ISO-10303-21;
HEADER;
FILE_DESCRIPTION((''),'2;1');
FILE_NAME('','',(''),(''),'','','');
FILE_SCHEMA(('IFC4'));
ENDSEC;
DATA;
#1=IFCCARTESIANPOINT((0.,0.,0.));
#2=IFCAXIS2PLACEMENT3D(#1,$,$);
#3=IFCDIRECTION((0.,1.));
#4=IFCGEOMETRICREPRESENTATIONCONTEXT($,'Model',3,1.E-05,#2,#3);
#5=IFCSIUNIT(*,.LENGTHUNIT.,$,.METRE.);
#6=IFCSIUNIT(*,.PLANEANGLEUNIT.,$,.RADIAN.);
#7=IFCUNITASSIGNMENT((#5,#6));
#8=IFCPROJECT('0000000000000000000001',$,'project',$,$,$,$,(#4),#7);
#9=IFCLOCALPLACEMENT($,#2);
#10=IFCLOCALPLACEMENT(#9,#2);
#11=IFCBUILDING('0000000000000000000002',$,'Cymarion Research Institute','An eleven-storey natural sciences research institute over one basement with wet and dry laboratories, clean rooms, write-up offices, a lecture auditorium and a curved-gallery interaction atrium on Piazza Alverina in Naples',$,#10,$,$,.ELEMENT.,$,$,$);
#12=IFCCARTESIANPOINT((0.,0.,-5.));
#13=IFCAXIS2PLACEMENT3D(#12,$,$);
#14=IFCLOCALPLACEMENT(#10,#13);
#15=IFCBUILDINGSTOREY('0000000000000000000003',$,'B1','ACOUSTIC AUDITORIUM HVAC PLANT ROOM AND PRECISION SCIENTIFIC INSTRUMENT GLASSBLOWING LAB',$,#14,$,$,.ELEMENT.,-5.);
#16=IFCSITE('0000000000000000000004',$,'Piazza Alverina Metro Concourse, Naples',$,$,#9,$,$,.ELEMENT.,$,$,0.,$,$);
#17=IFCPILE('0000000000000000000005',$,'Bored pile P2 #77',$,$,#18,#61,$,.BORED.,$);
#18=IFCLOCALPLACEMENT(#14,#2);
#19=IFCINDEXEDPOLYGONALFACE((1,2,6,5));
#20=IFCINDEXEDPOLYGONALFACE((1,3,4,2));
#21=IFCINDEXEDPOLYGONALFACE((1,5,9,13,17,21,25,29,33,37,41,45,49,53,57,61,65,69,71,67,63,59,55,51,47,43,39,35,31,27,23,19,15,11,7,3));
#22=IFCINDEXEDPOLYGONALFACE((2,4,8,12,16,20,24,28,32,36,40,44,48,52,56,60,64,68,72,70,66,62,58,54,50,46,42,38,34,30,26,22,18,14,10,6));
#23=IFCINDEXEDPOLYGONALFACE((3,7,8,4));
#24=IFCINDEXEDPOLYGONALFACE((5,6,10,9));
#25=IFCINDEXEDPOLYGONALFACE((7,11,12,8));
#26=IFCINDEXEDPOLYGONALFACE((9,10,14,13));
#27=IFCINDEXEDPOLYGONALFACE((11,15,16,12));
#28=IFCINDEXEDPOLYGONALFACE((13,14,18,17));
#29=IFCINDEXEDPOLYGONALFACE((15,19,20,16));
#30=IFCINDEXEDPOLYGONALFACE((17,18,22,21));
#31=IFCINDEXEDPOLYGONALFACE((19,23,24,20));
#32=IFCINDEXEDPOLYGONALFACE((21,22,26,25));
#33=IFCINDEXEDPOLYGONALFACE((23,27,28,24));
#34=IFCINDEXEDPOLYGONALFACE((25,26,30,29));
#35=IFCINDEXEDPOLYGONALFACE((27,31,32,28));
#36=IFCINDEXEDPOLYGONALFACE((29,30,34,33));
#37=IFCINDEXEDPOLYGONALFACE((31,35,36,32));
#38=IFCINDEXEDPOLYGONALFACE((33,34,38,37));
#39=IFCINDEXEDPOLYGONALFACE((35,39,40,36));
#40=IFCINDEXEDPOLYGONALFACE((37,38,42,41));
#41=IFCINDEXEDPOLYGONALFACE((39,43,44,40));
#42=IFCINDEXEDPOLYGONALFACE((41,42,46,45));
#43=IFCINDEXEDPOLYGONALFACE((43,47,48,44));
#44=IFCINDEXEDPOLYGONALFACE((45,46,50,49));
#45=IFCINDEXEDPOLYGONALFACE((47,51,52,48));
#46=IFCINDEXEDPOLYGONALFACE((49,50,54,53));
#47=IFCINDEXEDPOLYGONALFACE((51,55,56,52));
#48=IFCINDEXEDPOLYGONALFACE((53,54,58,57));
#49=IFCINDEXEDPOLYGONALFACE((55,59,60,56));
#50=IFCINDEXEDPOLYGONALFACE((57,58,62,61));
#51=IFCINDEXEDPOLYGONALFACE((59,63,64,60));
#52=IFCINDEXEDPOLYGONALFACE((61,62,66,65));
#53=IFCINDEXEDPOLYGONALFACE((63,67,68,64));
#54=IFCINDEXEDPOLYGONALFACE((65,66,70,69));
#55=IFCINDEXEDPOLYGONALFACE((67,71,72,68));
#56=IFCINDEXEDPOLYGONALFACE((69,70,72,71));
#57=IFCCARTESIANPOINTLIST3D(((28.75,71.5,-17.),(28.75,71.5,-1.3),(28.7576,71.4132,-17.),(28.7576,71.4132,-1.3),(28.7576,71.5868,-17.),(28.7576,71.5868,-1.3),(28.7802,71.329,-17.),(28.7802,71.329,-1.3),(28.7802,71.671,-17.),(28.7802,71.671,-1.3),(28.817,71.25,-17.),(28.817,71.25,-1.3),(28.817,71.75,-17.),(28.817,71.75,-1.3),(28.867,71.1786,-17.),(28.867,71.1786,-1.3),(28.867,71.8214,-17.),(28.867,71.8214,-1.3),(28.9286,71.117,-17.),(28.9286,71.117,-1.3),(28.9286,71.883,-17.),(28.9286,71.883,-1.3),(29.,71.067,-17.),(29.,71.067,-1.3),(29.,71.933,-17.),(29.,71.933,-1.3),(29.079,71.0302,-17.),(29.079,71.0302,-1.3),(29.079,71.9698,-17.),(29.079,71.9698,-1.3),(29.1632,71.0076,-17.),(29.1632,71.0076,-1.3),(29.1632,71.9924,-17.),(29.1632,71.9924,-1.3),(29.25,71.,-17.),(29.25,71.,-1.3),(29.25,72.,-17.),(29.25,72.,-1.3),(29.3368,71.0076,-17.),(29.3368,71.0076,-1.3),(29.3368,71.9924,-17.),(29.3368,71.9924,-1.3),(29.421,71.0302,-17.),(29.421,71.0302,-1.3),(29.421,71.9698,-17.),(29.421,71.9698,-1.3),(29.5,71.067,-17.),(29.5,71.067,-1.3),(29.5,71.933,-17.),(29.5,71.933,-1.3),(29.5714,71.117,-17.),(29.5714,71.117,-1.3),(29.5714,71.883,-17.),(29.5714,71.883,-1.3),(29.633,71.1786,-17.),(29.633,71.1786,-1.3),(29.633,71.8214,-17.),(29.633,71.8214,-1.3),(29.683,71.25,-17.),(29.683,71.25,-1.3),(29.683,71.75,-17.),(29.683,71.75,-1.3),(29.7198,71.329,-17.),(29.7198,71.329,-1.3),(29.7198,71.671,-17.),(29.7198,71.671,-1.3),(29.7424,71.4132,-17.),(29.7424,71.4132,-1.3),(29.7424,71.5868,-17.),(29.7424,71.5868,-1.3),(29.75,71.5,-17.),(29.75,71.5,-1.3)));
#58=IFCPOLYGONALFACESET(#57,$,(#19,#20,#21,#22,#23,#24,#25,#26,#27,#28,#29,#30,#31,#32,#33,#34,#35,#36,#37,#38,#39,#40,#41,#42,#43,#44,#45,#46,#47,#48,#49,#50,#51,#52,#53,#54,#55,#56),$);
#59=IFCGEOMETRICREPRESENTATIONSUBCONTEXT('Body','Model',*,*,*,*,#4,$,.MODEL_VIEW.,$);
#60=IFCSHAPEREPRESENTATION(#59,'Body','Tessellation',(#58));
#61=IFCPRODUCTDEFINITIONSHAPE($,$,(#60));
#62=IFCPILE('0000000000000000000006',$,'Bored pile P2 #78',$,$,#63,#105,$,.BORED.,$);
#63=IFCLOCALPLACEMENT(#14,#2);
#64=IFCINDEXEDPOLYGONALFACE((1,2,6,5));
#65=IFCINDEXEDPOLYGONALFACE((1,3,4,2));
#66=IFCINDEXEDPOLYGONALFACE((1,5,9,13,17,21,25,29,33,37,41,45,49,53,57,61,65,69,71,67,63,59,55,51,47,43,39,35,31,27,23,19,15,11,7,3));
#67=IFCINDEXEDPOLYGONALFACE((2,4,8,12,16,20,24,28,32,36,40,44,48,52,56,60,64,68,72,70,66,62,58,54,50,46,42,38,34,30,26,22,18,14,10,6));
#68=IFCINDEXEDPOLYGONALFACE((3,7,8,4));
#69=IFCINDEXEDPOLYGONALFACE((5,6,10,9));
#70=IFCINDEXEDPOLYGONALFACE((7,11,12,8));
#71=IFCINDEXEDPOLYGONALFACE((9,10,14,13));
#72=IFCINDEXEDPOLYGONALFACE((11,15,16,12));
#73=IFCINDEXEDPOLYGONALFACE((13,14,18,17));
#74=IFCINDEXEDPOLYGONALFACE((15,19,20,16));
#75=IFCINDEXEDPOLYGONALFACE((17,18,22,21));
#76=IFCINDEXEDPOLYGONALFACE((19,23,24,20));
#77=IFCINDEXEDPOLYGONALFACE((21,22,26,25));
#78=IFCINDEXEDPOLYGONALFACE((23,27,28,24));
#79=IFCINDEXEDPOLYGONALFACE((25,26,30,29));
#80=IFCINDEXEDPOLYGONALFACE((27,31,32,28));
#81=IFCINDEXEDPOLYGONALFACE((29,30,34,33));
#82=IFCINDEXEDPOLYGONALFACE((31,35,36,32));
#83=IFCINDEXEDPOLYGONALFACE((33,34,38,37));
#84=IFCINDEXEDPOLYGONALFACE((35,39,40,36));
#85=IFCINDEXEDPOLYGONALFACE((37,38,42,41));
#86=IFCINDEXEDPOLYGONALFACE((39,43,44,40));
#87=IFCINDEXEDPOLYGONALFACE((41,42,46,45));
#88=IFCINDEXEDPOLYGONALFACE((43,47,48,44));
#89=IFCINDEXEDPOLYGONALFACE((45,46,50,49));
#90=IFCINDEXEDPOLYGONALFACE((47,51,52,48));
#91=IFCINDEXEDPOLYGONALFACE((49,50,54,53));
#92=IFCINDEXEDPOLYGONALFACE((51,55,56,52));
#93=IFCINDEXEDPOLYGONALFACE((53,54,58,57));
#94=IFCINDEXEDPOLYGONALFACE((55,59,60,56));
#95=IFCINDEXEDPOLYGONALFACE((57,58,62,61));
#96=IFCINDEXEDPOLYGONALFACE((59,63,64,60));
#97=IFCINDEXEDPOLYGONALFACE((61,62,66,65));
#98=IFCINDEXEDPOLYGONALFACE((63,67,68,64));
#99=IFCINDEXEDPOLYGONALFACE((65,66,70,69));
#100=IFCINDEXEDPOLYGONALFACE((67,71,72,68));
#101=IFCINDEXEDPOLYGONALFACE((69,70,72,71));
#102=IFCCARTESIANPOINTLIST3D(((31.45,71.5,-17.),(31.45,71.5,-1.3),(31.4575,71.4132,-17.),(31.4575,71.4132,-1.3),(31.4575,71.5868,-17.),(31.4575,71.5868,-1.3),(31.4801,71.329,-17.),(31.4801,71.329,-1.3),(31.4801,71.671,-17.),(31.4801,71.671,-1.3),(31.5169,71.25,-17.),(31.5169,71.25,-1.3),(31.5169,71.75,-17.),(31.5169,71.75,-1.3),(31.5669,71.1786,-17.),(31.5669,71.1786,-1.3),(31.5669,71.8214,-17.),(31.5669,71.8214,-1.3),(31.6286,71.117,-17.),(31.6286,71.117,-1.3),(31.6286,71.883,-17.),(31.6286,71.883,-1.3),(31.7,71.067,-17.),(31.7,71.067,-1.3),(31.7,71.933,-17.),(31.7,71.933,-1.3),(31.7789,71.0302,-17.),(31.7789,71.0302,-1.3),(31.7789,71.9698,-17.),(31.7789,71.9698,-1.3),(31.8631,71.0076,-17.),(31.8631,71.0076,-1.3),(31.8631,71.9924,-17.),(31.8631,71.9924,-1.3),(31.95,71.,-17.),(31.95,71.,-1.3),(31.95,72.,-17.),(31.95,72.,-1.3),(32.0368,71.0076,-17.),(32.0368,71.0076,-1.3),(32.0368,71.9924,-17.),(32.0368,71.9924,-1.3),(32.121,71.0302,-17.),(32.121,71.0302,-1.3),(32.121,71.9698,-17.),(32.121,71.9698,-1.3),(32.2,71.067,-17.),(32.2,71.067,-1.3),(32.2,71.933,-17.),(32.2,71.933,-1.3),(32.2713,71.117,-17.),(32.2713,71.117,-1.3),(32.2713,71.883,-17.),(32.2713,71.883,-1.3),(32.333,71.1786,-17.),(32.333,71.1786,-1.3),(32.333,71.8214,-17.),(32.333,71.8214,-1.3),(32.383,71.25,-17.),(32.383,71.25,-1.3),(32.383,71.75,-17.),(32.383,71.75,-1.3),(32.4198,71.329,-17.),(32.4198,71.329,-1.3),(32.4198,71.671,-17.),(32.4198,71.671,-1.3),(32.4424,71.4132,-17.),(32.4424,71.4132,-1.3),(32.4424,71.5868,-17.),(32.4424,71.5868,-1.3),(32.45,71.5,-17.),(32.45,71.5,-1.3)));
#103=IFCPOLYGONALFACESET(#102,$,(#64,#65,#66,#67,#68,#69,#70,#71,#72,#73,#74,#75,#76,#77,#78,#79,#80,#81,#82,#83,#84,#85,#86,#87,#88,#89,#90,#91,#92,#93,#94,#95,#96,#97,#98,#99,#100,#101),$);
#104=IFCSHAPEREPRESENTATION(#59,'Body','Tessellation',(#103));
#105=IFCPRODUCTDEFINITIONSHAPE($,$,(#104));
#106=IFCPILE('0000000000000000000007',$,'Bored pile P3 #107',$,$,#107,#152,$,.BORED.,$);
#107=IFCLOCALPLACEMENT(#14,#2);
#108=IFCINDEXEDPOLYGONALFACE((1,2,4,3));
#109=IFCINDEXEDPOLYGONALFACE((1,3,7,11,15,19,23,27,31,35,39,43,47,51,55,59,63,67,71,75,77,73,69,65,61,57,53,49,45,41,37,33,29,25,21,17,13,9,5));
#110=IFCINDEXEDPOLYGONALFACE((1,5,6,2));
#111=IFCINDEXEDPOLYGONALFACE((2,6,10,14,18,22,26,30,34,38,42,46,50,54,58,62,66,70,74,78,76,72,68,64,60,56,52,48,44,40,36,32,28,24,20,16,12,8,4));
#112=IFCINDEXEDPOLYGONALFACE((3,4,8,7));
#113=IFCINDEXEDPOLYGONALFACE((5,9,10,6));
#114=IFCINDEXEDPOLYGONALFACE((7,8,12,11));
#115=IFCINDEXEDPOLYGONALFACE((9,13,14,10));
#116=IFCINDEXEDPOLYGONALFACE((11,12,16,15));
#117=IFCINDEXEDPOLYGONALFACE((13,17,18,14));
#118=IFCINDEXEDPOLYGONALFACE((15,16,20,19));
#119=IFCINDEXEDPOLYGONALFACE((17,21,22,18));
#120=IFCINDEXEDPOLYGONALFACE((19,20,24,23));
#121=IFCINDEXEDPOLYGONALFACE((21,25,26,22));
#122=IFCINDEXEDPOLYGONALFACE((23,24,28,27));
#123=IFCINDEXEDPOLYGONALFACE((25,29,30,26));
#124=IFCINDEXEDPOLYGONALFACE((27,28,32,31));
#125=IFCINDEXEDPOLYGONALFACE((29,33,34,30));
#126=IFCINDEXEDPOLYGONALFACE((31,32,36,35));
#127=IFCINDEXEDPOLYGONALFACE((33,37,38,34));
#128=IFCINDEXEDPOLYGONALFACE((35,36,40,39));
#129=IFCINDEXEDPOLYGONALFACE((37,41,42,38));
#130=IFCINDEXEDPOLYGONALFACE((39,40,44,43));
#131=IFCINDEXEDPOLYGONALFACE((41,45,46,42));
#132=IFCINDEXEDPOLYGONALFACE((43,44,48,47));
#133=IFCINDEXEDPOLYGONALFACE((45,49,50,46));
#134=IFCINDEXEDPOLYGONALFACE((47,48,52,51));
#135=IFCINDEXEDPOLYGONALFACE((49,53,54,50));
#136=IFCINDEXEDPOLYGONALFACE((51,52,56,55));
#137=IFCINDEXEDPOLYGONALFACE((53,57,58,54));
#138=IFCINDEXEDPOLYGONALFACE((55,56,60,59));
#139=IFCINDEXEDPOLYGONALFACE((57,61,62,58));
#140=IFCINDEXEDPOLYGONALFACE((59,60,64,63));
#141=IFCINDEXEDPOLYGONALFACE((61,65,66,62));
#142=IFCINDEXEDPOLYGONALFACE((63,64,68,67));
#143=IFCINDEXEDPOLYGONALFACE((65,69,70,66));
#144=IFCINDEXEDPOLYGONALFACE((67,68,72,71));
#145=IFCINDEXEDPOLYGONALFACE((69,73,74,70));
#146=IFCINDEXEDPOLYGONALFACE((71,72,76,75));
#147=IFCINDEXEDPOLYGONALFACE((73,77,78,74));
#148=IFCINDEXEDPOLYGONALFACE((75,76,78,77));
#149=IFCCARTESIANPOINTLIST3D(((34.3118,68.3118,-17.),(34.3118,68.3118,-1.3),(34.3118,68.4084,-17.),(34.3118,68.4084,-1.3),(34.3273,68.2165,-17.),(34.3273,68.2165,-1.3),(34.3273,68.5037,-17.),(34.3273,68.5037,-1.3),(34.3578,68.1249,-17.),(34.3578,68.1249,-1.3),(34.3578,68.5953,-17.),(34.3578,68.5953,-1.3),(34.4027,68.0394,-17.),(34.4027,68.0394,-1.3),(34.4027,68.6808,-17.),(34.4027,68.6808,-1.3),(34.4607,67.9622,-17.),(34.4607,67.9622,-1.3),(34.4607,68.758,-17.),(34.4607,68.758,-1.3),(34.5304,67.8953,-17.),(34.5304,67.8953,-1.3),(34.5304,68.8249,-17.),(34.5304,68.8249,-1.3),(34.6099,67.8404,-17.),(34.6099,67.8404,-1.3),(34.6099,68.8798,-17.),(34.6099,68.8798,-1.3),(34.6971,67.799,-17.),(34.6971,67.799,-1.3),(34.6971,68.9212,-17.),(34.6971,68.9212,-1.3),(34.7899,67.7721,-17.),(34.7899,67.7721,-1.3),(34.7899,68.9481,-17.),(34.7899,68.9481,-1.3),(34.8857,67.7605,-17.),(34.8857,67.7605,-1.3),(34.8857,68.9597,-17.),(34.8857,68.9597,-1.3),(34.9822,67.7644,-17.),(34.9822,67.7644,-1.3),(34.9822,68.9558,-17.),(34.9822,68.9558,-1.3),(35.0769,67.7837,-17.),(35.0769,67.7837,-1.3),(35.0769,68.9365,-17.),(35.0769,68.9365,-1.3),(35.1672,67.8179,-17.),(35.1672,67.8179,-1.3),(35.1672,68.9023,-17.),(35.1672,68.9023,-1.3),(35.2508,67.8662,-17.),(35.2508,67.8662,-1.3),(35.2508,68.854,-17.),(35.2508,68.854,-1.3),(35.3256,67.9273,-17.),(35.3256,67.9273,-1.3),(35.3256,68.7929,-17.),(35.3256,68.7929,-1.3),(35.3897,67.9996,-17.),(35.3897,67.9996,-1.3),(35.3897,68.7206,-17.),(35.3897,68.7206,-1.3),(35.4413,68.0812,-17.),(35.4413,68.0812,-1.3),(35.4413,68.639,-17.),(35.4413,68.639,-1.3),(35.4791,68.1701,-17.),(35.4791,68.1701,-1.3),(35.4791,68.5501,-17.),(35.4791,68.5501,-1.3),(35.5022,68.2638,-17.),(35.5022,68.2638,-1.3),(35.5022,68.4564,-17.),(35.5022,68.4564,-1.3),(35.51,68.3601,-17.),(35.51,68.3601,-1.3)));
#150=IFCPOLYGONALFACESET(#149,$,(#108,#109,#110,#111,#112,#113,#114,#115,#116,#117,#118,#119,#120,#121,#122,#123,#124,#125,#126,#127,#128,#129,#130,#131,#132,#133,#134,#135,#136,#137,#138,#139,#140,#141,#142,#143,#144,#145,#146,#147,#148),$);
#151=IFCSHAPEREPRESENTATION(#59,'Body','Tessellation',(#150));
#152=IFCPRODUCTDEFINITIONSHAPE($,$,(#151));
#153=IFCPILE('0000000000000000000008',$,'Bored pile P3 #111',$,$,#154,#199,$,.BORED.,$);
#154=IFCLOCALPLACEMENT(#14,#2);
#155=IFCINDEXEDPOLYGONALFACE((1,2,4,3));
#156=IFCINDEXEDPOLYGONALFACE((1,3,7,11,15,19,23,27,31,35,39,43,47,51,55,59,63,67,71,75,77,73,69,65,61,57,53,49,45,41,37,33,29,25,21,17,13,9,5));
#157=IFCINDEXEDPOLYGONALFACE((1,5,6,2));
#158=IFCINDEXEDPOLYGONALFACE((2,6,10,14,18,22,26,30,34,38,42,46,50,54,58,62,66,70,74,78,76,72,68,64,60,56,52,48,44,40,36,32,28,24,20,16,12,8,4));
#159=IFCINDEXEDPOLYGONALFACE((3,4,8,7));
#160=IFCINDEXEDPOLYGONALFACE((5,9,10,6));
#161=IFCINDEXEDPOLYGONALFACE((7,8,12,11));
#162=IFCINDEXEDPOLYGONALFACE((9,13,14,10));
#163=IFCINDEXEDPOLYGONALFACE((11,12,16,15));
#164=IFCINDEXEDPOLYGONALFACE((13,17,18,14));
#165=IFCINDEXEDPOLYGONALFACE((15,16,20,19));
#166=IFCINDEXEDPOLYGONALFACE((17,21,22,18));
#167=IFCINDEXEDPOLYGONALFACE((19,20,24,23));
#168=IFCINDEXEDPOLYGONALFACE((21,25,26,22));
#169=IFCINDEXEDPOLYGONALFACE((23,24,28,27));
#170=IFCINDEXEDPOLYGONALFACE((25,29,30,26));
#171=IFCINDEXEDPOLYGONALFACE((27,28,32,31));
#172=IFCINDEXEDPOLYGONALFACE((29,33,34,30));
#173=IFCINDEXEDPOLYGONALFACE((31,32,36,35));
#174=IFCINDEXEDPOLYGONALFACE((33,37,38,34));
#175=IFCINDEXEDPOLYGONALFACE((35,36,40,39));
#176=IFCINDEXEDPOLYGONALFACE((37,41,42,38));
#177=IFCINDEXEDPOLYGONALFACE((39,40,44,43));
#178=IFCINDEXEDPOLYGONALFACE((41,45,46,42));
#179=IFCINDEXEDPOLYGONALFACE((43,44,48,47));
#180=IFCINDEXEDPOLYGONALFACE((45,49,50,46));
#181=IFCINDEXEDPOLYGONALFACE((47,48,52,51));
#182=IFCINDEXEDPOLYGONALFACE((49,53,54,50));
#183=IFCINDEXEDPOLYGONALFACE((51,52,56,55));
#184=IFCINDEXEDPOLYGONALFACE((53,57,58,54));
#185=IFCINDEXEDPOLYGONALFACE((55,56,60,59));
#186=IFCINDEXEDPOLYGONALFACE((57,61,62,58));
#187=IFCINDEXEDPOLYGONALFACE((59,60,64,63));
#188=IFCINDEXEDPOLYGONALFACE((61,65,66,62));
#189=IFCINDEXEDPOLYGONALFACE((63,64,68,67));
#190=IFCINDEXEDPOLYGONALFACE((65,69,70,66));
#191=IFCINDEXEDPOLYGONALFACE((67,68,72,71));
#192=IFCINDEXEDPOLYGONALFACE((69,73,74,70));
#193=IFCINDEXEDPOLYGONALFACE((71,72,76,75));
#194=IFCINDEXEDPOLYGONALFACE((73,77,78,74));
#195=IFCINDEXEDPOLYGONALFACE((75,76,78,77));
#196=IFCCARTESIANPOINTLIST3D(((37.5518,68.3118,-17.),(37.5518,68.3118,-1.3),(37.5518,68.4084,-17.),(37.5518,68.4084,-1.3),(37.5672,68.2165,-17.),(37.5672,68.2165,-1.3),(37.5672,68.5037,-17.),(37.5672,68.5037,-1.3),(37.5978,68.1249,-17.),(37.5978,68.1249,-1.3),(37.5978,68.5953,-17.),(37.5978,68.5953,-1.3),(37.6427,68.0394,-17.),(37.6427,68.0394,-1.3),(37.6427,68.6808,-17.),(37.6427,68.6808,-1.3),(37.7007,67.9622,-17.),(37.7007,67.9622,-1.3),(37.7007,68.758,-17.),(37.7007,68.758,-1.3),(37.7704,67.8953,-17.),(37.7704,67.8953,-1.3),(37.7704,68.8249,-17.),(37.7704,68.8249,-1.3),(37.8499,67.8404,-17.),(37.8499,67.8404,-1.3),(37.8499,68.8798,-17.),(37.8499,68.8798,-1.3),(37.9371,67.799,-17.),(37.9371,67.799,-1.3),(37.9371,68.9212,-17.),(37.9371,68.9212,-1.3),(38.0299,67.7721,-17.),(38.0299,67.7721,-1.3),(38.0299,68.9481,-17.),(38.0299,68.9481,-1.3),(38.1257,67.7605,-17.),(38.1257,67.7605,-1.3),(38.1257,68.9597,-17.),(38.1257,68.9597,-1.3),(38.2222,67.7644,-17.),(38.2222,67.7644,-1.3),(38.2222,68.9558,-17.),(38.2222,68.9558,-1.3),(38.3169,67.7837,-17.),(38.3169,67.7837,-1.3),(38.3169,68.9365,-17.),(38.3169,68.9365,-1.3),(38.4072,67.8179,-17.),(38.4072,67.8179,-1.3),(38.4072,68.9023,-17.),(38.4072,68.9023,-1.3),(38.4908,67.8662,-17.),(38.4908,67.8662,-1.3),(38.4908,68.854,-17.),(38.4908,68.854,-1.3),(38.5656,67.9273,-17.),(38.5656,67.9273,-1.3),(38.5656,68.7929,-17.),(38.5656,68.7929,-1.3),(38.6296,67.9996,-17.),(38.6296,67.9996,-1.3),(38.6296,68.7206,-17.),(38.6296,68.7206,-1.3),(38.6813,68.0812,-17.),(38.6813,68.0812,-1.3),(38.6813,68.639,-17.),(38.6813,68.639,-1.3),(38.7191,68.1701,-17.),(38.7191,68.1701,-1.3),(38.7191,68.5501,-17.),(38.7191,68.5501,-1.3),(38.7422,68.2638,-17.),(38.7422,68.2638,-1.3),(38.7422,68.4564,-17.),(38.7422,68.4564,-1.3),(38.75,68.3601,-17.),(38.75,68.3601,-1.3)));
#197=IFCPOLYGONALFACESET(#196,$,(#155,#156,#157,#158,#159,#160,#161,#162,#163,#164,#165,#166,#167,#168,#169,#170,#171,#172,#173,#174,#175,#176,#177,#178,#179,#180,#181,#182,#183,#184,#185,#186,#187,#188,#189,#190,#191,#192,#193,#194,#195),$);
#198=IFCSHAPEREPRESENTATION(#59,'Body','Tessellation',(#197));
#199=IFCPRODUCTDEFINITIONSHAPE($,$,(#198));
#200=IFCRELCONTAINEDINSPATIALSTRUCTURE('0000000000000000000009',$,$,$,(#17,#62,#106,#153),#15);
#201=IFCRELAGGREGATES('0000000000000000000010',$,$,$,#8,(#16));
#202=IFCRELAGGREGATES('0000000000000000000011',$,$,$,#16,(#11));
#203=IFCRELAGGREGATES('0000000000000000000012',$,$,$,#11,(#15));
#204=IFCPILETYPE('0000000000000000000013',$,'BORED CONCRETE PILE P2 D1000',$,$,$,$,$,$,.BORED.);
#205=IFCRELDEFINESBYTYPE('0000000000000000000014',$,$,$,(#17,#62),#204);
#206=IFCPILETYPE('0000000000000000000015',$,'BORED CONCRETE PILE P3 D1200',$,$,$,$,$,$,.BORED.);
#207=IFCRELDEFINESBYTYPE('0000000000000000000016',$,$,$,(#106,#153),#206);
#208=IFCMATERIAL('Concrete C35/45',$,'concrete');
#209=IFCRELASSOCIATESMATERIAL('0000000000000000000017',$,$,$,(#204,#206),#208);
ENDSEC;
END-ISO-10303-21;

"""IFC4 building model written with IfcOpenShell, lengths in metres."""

from ifc_helpers import new_model, si_unit, direction, frame, origin, origin_2d, place, context, subcontext, project, spatial, circle, extrude, material, material_profile, profile_set, type_object, element, save


model = new_model("IFC4")

# Units and contexts
model_context = context("Model", 3, precision=1e-05, world=origin(), true_north=direction((0.0, 1.0)))
body_context = subcontext(model_context, "Body", "Model", "MODEL_VIEW")
ifc_project = project(units=[si_unit("LENGTHUNIT", "METRE"), si_unit("PLANEANGLEUNIT", "RADIAN")], contexts=[model_context])

# Site, building, storey
site_placement = place(None, origin())
site = spatial("IfcSite", under=ifc_project, at=site_placement, Name="Piazza Alverina Metro Concourse, Naples", CompositionType="ELEMENT", RefElevation=0.0)
building_placement = place(site_placement, origin())
building = spatial("IfcBuilding", under=site, at=building_placement, Name="Cymarion Research Institute", Description="An eleven-storey natural sciences research institute over one basement with wet and dry laboratories, clean rooms, write-up offices, a lecture auditorium and a curved-gallery interaction atrium on Piazza Alverina in Naples", CompositionType="ELEMENT")
storey_placement = place(building_placement, frame((0.0, 0.0, -5.0)))
storey = spatial("IfcBuildingStorey", under=building, at=storey_placement, Name="B1", Description="ACOUSTIC AUDITORIUM HVAC PLANT ROOM AND PRECISION SCIENTIFIC INSTRUMENT GLASSBLOWING LAB", CompositionType="ELEMENT", Elevation=-5.0)

# Piles
ifc_material_1 = material(Name="Concrete C35/45", Category="concrete")
ifc_material_profile_1 = material_profile(ifc_material_1, circle(Radius=0.5, at=origin_2d()), Name="BORED PILE D1000")
ifc_profile_set_1 = profile_set([ifc_material_profile_1], Name="Concrete C35/45")
pile_type_1 = type_object("IfcPileType", Name="BORED CONCRETE PILE P2 D1000", PredefinedType="BORED", material=ifc_profile_set_1)
for number, where, z_axis, x_axis, name in (
    (1, (29.25, 71.5, -1.3), (0.0, 0.0, -1.0), (1.0, 0.0, 0.0), "Bored pile P2 #77"),
    (2, (31.95, 71.5, -1.3), (0.0, 0.0, -1.0), (1.0, 0.0, 0.0), "Bored pile P2 #78"),
):
    element("IfcPile", number, at=place(storey_placement, frame(where, z_axis=z_axis, x_axis=x_axis)), inside=storey, type_object=pile_type_1, Name=name, PredefinedType="BORED", context=body_context, shape_type="SweptSolid", body=[
        extrude(circle(Radius=0.5, at=origin_2d()), origin(), (0.0, 0.0, 1.0), 15.7),
    ])
ifc_material_profile_2 = material_profile(ifc_material_1, circle(Radius=0.6001, at=origin_2d()), Name="BORED PILE D1200")
ifc_profile_set_2 = profile_set([ifc_material_profile_2], Name="Concrete C35/45")
pile_type_2 = type_object("IfcPileType", Name="BORED CONCRETE PILE P3 D1200", PredefinedType="BORED", material=ifc_profile_set_2)
for number, where, z_axis, x_axis, name in (
    (3, (34.9099, 68.3601, -1.3), (0.0, 0.0, -1.0), (1.0, 0.0, 0.0), "Bored pile P3 #107"),
    (4, (38.1499, 68.3601, -1.3), (0.0, 0.0, -1.0), (1.0, 0.0, 0.0), "Bored pile P3 #111"),
):
    element("IfcPile", number, at=place(storey_placement, frame(where, z_axis=z_axis, x_axis=x_axis)), inside=storey, type_object=pile_type_2, Name=name, PredefinedType="BORED", context=body_context, shape_type="SweptSolid", body=[
        extrude(circle(Radius=0.6001, at=origin_2d()), origin(), (0.0, 0.0, 1.0), 15.7),
    ])

save(model, "model.ifc")
